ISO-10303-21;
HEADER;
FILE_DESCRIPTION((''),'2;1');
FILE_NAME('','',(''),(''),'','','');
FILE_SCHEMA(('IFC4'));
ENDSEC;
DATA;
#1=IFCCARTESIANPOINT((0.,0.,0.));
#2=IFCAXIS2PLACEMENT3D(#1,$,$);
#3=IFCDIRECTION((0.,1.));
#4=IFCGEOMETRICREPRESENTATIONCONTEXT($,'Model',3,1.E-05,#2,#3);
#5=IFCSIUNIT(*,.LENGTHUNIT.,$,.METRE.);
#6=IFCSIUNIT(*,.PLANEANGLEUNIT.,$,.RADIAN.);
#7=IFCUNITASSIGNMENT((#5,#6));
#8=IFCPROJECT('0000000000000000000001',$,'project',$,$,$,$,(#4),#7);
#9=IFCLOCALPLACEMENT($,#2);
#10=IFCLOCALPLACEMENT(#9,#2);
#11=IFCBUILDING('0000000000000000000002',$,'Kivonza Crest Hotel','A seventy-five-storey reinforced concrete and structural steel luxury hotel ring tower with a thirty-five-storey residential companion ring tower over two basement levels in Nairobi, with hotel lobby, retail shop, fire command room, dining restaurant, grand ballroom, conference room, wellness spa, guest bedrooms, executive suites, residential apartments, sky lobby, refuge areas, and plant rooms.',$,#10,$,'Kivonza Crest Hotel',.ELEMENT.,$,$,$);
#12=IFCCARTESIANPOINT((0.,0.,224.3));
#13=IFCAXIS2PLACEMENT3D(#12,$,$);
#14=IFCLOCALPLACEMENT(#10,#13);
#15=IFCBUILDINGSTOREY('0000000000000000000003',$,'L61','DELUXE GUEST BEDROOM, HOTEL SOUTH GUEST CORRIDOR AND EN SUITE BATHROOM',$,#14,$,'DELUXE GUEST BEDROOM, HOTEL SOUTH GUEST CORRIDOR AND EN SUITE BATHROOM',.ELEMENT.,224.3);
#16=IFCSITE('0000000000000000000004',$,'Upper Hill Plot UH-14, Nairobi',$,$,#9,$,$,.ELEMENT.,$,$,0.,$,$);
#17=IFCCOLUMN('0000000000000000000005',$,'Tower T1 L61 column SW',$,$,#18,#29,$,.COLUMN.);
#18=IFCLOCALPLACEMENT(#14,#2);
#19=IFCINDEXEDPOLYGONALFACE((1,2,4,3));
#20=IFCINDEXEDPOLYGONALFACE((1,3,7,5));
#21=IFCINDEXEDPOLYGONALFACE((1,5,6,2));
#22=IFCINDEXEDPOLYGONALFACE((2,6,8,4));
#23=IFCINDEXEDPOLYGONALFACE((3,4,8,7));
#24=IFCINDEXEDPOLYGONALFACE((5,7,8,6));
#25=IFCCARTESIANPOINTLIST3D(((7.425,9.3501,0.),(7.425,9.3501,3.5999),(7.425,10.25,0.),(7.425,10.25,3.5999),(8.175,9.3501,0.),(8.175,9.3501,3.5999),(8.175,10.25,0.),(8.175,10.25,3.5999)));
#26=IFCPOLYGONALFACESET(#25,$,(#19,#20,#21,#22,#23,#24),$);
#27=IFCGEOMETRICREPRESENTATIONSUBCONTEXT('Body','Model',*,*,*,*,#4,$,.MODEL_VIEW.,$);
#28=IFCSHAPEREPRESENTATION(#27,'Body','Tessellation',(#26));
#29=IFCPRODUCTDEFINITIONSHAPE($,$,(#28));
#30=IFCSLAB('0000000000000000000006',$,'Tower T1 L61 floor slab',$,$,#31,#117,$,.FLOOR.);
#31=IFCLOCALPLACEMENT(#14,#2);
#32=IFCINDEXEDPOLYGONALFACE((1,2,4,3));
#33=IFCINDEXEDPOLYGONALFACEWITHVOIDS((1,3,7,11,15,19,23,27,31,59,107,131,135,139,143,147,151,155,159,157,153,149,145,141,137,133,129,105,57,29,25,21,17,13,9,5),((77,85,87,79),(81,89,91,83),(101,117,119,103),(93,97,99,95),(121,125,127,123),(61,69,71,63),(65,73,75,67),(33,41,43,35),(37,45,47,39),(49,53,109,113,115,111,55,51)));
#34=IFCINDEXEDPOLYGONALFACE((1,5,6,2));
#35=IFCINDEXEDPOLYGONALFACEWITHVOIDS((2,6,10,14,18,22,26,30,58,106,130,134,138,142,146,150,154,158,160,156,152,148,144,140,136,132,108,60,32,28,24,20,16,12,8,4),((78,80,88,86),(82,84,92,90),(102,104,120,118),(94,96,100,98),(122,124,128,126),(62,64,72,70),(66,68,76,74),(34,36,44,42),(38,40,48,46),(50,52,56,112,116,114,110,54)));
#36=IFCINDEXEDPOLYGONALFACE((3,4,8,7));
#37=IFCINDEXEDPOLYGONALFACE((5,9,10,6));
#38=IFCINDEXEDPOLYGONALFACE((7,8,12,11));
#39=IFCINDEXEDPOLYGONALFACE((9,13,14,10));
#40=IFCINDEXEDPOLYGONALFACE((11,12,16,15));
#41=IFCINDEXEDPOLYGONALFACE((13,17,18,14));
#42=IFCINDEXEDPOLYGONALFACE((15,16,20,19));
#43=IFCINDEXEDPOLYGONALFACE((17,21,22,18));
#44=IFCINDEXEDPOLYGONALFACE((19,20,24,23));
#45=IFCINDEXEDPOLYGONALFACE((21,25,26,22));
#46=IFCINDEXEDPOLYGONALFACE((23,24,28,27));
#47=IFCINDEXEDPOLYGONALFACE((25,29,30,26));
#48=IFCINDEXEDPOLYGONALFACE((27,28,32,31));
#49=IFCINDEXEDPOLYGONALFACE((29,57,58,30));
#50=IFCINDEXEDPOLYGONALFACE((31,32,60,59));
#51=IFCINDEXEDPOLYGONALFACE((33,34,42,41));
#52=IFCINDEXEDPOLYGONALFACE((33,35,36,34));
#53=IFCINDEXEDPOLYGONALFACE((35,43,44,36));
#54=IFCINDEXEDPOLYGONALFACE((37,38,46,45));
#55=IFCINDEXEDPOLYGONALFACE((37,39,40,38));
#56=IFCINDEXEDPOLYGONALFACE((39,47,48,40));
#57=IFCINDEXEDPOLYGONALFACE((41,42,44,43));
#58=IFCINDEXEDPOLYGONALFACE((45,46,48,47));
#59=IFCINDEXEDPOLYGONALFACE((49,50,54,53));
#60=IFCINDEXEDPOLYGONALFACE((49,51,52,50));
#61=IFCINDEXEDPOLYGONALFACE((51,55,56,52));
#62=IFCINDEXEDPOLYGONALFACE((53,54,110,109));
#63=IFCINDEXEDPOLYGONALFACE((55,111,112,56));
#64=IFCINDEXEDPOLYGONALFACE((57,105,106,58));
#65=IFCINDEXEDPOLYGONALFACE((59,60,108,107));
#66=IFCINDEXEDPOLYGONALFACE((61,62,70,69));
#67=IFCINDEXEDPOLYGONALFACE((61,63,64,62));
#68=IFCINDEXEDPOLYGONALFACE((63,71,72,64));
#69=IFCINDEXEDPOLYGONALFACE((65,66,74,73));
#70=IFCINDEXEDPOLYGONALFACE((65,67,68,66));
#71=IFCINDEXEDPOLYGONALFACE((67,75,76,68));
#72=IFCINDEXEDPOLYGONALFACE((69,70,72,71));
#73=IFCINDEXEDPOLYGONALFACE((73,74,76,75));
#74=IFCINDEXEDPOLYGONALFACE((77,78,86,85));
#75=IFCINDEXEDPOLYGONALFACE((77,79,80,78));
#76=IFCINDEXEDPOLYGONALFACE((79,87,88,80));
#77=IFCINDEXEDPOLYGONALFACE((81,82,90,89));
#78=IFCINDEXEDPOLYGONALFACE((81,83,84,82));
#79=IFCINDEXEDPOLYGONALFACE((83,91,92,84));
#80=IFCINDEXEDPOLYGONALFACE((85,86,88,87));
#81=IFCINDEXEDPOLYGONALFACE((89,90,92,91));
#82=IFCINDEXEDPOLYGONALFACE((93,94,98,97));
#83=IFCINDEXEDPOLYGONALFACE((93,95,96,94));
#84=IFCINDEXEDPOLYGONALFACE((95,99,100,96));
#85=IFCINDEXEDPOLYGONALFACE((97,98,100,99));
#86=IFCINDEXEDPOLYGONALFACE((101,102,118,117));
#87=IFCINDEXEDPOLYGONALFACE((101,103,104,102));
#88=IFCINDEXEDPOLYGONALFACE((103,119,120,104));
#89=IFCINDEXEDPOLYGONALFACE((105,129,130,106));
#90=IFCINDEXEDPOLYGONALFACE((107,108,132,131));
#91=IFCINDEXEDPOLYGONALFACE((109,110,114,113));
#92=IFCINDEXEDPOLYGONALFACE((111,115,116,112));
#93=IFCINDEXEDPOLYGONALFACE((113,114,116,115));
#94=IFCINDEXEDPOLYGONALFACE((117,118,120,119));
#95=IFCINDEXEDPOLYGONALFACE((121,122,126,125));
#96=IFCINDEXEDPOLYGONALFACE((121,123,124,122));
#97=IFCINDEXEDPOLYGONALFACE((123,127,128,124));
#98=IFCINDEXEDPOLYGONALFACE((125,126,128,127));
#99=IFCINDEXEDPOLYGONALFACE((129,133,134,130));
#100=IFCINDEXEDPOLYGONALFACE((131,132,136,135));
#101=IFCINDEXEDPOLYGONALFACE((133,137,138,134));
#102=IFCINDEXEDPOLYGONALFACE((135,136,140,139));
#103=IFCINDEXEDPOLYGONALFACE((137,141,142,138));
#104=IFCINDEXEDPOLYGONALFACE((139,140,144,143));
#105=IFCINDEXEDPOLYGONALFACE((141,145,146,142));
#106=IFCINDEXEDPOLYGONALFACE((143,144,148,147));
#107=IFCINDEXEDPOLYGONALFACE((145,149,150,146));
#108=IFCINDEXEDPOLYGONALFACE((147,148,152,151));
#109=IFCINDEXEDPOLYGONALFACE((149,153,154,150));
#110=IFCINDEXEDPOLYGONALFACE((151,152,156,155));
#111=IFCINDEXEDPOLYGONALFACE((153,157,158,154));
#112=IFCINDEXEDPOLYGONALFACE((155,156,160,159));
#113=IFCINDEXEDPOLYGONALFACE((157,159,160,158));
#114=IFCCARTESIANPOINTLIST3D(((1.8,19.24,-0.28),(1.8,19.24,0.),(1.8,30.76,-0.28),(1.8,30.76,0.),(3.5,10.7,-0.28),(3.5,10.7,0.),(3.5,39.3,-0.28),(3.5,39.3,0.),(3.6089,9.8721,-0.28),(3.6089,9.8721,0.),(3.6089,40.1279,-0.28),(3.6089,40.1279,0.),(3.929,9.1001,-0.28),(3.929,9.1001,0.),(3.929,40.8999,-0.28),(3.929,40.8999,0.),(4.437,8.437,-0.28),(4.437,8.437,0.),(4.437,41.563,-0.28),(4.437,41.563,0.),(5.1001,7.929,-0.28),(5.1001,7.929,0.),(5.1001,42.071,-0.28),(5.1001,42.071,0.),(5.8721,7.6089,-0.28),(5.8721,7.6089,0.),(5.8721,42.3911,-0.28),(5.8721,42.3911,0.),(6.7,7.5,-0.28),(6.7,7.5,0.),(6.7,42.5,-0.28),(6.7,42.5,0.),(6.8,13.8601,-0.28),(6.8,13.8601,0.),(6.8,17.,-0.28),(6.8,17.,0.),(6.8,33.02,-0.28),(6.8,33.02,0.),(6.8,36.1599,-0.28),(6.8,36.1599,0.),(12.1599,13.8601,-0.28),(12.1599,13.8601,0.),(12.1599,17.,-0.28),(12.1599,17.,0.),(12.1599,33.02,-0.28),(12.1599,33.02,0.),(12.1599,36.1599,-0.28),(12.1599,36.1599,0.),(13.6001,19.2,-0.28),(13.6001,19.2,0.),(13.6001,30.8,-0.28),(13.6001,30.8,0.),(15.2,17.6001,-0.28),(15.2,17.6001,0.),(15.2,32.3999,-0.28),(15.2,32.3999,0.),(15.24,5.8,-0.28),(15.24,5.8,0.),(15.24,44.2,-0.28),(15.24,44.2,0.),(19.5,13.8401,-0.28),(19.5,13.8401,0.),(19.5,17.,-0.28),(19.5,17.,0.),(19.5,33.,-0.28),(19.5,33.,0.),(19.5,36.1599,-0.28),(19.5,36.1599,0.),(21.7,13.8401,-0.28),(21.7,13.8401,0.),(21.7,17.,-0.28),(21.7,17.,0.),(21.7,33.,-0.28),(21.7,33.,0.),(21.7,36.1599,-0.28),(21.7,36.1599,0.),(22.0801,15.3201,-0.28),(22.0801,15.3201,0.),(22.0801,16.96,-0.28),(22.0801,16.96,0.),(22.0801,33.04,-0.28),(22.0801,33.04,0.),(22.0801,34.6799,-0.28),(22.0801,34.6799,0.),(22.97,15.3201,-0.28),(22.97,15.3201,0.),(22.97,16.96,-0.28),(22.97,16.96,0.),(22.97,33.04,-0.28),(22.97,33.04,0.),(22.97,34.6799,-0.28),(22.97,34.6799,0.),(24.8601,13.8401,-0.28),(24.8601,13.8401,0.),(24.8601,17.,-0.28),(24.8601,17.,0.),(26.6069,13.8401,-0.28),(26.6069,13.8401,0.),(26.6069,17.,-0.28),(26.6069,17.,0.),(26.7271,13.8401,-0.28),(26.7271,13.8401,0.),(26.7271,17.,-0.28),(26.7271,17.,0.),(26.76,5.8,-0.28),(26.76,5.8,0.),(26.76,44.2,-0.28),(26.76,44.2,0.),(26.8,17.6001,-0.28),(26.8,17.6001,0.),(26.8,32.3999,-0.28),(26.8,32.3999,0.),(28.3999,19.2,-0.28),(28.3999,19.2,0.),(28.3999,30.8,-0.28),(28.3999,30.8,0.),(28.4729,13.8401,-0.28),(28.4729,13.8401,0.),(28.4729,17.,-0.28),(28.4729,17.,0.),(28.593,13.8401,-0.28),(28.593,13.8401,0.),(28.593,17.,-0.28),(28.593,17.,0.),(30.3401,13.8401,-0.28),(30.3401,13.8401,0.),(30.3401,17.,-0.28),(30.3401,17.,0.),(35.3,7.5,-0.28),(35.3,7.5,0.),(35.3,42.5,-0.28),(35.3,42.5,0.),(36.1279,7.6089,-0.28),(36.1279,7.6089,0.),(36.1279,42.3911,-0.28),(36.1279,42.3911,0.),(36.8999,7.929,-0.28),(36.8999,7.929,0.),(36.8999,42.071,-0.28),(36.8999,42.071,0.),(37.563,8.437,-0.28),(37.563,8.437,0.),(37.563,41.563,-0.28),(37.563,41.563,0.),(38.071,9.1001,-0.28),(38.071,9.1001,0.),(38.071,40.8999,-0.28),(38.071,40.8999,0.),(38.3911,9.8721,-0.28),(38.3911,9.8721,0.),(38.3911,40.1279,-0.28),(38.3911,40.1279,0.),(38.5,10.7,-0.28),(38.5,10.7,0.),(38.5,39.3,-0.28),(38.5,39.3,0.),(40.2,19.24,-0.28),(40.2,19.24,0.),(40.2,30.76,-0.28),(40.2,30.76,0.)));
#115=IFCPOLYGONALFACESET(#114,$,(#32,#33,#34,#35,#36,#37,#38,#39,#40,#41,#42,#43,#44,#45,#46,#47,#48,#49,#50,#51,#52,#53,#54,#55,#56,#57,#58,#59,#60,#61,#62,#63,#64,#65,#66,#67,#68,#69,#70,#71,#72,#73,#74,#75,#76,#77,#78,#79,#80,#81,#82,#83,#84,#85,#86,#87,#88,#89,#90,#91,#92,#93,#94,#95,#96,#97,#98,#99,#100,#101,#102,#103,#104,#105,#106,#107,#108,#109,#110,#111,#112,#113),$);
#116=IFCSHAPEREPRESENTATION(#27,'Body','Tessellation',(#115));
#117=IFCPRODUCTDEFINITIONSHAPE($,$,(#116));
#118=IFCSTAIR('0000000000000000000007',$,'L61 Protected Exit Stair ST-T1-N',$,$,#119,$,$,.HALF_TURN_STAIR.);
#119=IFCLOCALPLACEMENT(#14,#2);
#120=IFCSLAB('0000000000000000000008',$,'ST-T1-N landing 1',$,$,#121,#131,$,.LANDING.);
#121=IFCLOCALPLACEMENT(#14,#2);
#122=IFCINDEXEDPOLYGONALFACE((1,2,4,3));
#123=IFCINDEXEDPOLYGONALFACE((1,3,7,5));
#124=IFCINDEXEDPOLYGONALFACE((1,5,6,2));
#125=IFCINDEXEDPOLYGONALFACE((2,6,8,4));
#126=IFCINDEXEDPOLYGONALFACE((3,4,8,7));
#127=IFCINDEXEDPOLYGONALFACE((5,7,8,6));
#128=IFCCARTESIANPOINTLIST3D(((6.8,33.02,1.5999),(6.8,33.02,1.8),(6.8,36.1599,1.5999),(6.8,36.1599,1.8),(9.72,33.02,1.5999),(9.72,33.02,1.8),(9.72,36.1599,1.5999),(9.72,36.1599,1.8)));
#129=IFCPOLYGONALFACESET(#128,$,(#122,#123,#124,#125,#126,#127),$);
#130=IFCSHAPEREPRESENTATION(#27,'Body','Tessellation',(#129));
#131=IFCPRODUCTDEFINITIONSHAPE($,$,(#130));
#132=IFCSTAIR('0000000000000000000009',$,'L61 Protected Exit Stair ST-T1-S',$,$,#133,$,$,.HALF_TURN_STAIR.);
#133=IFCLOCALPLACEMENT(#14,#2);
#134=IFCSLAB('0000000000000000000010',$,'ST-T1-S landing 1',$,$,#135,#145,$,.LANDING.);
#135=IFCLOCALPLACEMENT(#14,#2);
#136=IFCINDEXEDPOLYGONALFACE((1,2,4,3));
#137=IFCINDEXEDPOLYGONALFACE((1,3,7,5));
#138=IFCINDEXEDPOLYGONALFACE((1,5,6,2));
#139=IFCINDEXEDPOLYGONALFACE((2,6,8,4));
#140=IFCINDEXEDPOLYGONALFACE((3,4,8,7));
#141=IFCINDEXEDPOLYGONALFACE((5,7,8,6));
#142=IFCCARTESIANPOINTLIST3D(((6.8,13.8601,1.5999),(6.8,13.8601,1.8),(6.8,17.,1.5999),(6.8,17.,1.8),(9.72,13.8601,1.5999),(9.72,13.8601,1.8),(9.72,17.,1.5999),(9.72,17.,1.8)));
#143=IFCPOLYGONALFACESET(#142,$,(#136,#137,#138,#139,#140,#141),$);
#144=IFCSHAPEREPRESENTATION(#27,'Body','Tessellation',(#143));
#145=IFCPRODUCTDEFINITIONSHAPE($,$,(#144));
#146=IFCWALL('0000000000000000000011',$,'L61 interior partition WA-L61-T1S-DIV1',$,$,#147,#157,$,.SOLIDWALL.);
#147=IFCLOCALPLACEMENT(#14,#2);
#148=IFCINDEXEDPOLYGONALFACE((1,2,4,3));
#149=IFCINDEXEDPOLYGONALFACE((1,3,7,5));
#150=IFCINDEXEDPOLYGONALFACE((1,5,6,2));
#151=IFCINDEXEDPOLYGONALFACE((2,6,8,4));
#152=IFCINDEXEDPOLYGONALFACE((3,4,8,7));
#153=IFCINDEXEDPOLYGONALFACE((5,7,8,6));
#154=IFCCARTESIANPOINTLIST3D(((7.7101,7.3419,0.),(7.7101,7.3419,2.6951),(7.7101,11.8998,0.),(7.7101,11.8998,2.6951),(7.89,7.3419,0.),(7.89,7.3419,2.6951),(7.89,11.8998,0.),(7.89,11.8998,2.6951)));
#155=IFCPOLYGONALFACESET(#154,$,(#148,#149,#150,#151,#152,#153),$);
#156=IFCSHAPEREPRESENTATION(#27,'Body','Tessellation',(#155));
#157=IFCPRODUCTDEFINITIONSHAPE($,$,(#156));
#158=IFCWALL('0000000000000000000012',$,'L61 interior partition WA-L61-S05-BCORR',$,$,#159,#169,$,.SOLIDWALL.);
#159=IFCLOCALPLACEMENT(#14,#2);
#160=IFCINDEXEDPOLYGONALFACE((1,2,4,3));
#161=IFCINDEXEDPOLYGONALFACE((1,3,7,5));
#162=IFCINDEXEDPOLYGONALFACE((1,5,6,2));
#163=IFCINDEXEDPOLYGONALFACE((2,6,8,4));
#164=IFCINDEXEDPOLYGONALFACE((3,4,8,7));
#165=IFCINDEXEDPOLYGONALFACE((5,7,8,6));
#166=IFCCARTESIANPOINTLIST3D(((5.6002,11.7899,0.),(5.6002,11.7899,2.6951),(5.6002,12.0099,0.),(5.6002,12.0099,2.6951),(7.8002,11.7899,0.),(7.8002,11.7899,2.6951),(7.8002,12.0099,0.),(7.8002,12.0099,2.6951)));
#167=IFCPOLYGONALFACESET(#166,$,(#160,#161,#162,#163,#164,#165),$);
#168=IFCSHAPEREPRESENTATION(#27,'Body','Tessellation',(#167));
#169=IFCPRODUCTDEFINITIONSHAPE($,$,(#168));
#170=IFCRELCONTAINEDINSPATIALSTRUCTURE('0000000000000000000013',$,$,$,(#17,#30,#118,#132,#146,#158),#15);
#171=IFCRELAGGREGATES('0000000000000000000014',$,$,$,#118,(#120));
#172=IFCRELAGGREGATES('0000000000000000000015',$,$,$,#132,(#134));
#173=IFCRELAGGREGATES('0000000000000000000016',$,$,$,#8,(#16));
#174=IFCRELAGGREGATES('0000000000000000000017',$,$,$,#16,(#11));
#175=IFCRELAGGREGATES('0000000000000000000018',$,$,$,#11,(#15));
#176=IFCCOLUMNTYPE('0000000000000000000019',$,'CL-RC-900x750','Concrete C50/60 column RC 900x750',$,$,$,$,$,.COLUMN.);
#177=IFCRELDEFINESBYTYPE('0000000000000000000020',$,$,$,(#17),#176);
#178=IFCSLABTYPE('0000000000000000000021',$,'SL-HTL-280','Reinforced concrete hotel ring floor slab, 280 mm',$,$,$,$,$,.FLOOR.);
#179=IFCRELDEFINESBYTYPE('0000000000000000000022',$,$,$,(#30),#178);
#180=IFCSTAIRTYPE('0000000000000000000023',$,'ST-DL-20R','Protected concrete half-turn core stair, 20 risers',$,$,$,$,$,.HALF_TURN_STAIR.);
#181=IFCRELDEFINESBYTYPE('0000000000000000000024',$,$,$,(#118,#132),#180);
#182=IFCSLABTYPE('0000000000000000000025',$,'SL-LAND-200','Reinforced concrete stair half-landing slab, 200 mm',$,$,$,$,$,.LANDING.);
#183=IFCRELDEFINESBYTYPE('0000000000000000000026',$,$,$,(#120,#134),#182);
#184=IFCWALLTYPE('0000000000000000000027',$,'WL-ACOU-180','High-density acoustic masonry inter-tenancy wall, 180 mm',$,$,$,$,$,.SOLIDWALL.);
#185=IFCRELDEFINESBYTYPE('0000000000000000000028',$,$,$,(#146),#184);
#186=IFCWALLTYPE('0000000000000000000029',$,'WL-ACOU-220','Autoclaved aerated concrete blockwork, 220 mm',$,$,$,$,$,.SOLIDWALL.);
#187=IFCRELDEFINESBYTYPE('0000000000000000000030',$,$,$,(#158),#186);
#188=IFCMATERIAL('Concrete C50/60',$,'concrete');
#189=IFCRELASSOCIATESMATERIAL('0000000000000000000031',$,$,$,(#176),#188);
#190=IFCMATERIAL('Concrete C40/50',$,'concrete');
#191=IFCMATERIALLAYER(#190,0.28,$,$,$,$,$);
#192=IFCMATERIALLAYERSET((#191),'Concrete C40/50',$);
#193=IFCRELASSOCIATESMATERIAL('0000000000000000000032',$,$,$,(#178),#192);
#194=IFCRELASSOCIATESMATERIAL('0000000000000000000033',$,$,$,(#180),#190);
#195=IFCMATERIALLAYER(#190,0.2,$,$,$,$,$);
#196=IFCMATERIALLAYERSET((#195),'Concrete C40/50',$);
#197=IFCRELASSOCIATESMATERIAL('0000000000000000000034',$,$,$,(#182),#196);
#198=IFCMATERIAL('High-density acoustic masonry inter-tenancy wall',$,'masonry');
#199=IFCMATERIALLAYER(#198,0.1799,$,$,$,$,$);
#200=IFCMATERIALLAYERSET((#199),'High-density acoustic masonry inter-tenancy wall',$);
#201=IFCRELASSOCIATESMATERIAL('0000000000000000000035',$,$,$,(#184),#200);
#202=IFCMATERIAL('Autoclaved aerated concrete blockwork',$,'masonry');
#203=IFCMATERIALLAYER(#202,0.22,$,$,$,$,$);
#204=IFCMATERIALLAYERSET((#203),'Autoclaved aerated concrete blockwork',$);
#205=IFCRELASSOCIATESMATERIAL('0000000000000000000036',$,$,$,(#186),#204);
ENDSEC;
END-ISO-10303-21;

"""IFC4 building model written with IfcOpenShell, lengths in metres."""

from ifc_helpers import new_model, si_unit, direction, frame, frame_2d, origin, origin_2d, place, context, subcontext, project, spatial, polyline, rectangle, outline, extrude, material, layer, layer_set, material_profile, profile_set, type_object, element, aggregate, save


model = new_model("IFC4")

# Units and contexts
model_context = context("Model", 3, precision=1e-05, world=origin(), true_north=direction((0.0, 1.0)))
body_context = subcontext(model_context, "Body", "Model", "MODEL_VIEW")
ifc_project = project(units=[si_unit("LENGTHUNIT", "METRE"), si_unit("PLANEANGLEUNIT", "RADIAN")], contexts=[model_context])

# Site, building, storey
site_placement = place(None, origin())
site = spatial("IfcSite", under=ifc_project, at=site_placement, Name="Upper Hill Plot UH-14, Nairobi", CompositionType="ELEMENT", RefElevation=0.0)
building_placement = place(site_placement, origin())
building = spatial("IfcBuilding", under=site, at=building_placement, Name="Kivonza Crest Hotel", Description="A seventy-five-storey reinforced concrete and structural steel luxury hotel ring tower with a thirty-five-storey residential companion ring tower over two basement levels in Nairobi, with hotel lobby, retail shop, fire command room, dining restaurant, grand ballroom, conference room, wellness spa, guest bedrooms, executive suites, residential apartments, sky lobby, refuge areas, and plant rooms.", LongName="Kivonza Crest Hotel", CompositionType="ELEMENT")
storey_placement = place(building_placement, frame((0.0, 0.0, 224.3)))
storey = spatial("IfcBuildingStorey", under=building, at=storey_placement, Name="L61", Description="DELUXE GUEST BEDROOM, HOTEL SOUTH GUEST CORRIDOR AND EN SUITE BATHROOM", LongName="DELUXE GUEST BEDROOM, HOTEL SOUTH GUEST CORRIDOR AND EN SUITE BATHROOM", CompositionType="ELEMENT", Elevation=224.3)

# Column
ifc_material_1 = material(Name="Concrete C50/60", Category="concrete")
ifc_material_profile = material_profile(ifc_material_1, rectangle(XDim=0.75, YDim=0.8999, at=origin_2d()), Name="RC 900x750")
ifc_profile_set = profile_set([ifc_material_profile], Name="Concrete C50/60")
column_type = type_object("IfcColumnType", Name="CL-RC-900x750", Description="Concrete C50/60 column RC 900x750", PredefinedType="COLUMN", material=ifc_profile_set)
column_placement = place(storey_placement, frame((7.8, 9.8, 0.0), z_axis=(0.0, 0.0, 1.0), x_axis=(1.0, 0.0, 0.0)))
element("IfcColumn", 1, at=column_placement, inside=storey, type_object=column_type, Name="Tower T1 L61 column SW", PredefinedType="COLUMN", context=body_context, shape_type="SweptSolid", body=[
    extrude(rectangle(XDim=0.75, YDim=0.8999, at=origin_2d()), origin(), (0.0, 0.0, 1.0), 3.5999),
])

# Slab
ifc_material_2 = material(Name="Concrete C40/50", Category="concrete")
ifc_layer_1 = layer(ifc_material_2, 0.28)
ifc_layer_set_1 = layer_set([ifc_layer_1], Name="Concrete C40/50")
slab_type_1 = type_object("IfcSlabType", Name="SL-HTL-280", Description="Reinforced concrete hotel ring floor slab, 280 mm", PredefinedType="FLOOR", material=ifc_layer_set_1)
slab_1_placement = place(storey_placement, frame((0.0, 0.0, -0.28)))
element("IfcSlab", 2, at=slab_1_placement, inside=storey, type_object=slab_type_1, Name="Tower T1 L61 floor slab", PredefinedType="FLOOR", context=body_context, shape_type="SweptSolid", body=[
    extrude(outline(polyline([(3.5, 10.7), (3.6089, 9.8721), (3.929, 9.1001), (4.437, 8.437), (5.1001, 7.929), (5.8721, 7.6089), (6.7, 7.5), (15.24, 5.8), (26.76, 5.8), (35.3, 7.5), (36.1279, 7.6089), (36.8999, 7.929), (37.563, 8.437), (38.071, 9.1001), (38.3911, 9.8721), (38.5, 10.7), (40.2, 19.24), (40.2, 30.76), (38.5, 39.3), (38.3911, 40.1279), (38.071, 40.8999), (37.563, 41.563), (36.8999, 42.071), (36.1279, 42.3911), (35.3, 42.5), (26.76, 44.2), (15.24, 44.2), (6.7, 42.5), (5.8721, 42.3911), (5.1001, 42.071), (4.437, 41.563), (3.929, 40.8999), (3.6089, 40.1279), (3.5, 39.3), (1.8, 30.76), (1.8, 19.24), (3.5, 10.7)]), holes=[polyline([(15.2, 17.6001), (26.8, 17.6001), (28.3999, 19.2), (28.3999, 30.8), (26.8, 32.3999), (15.2, 32.3999), (13.6001, 30.8), (13.6001, 19.2), (15.2, 17.6001)]), polyline([(6.8, 33.02), (12.1599, 33.02), (12.1599, 36.1599), (6.8, 36.1599), (6.8, 33.02)]), polyline([(6.8, 13.8601), (12.1599, 13.8601), (12.1599, 17.0), (6.8, 17.0), (6.8, 13.8601)]), polyline([(22.0801, 33.04), (22.97, 33.04), (22.97, 34.6799), (22.0801, 34.6799), (22.0801, 33.04)]), polyline([(22.0801, 15.3201), (22.97, 15.3201), (22.97, 16.96), (22.0801, 16.96), (22.0801, 15.3201)]), polyline([(19.5, 33.0), (21.7, 33.0), (21.7, 36.1599), (19.5, 36.1599), (19.5, 33.0)]), polyline([(19.5, 13.8401), (21.7, 13.8401), (21.7, 17.0), (19.5, 17.0), (19.5, 13.8401)]), polyline([(24.8601, 13.8401), (26.6069, 13.8401), (26.6069, 17.0), (24.8601, 17.0), (24.8601, 13.8401)]), polyline([(26.7271, 13.8401), (28.4729, 13.8401), (28.4729, 17.0), (26.7271, 17.0), (26.7271, 13.8401)]), polyline([(28.593, 13.8401), (30.3401, 13.8401), (30.3401, 17.0), (28.593, 17.0), (28.593, 13.8401)])]), origin(), (0.0, 0.0, 1.0), 0.28),
])

# Stairs, slabs
stair_type = type_object("IfcStairType", Name="ST-DL-20R", Description="Protected concrete half-turn core stair, 20 risers", PredefinedType="HALF_TURN_STAIR", material=ifc_material_2)
stair_1_placement = place(storey_placement, origin())
stair_1 = element("IfcStair", 3, at=stair_1_placement, inside=storey, type_object=stair_type, Name="L61 Protected Exit Stair ST-T1-N", PredefinedType="HALF_TURN_STAIR")
ifc_layer_2 = layer(ifc_material_2, 0.2)
ifc_layer_set_2 = layer_set([ifc_layer_2], Name="Concrete C40/50")
slab_type_2 = type_object("IfcSlabType", Name="SL-LAND-200", Description="Reinforced concrete stair half-landing slab, 200 mm", PredefinedType="LANDING", material=ifc_layer_set_2)
slab_2_placement = place(storey_placement, frame((0.0, 0.0, 1.5999)))
slab_2 = element("IfcSlab", 4, at=slab_2_placement, type_object=slab_type_2, Name="ST-T1-N landing 1", PredefinedType="LANDING", context=body_context, shape_type="SweptSolid", body=[
    extrude(outline(polyline([(9.72, 36.1599), (6.8, 36.1599), (6.8, 33.02), (9.72, 33.02), (9.72, 36.1599)])), origin(), (0.0, 0.0, 1.0), 0.2002),
])
aggregate(stair_1, [slab_2])
stair_2_placement = place(storey_placement, origin())
stair_2 = element("IfcStair", 5, at=stair_2_placement, inside=storey, type_object=stair_type, Name="L61 Protected Exit Stair ST-T1-S", PredefinedType="HALF_TURN_STAIR")
slab_3_placement = place(storey_placement, frame((0.0, 0.0, 1.5999)))
slab_3 = element("IfcSlab", 6, at=slab_3_placement, type_object=slab_type_2, Name="ST-T1-S landing 1", PredefinedType="LANDING", context=body_context, shape_type="SweptSolid", body=[
    extrude(outline(polyline([(9.72, 17.0), (6.8, 17.0), (6.8, 13.8601), (9.72, 13.8601), (9.72, 17.0)])), origin(), (0.0, 0.0, 1.0), 0.2002),
])
aggregate(stair_2, [slab_3])

# Walls
ifc_material_3 = material(Name="High-density acoustic masonry inter-tenancy wall", Category="masonry")
ifc_layer_3 = layer(ifc_material_3, 0.1799)
ifc_layer_set_3 = layer_set([ifc_layer_3], Name="High-density acoustic masonry inter-tenancy wall")
wall_type_1 = type_object("IfcWallType", Name="WL-ACOU-180", Description="High-density acoustic masonry inter-tenancy wall, 180 mm", PredefinedType="SOLIDWALL", material=ifc_layer_set_3)
wall_1_placement = place(storey_placement, frame((7.8, 7.342, 0.0), z_axis=(0.0, 0.0, 1.0), x_axis=(0.0, 1.0, 0.0)))
element("IfcWall", 7, at=wall_1_placement, inside=storey, type_object=wall_type_1, Name="L61 interior partition WA-L61-T1S-DIV1", PredefinedType="SOLIDWALL", context=body_context, shape_type="SweptSolid", body=[
    extrude(rectangle(XDim=4.5579, YDim=0.1799, at=frame_2d((2.2788, 0.0))), origin(), (0.0, 0.0, 1.0), 2.6951),
])
ifc_material_4 = material(Name="Autoclaved aerated concrete blockwork", Category="masonry")
ifc_layer_4 = layer(ifc_material_4, 0.22)
ifc_layer_set_4 = layer_set([ifc_layer_4], Name="Autoclaved aerated concrete blockwork")
wall_type_2 = type_object("IfcWallType", Name="WL-ACOU-220", Description="Autoclaved aerated concrete blockwork, 220 mm", PredefinedType="SOLIDWALL", material=ifc_layer_set_4)
wall_2_placement = place(storey_placement, frame((5.6001, 11.8999, 0.0), z_axis=(0.0, 0.0, 1.0), x_axis=(1.0, 0.0, 0.0)))
element("IfcWall", 8, at=wall_2_placement, inside=storey, type_object=wall_type_2, Name="L61 interior partition WA-L61-S05-BCORR", PredefinedType="SOLIDWALL", context=body_context, shape_type="SweptSolid", body=[
    extrude(rectangle(XDim=2.2, YDim=0.22, at=frame_2d((1.1001, 0.0))), origin(), (0.0, 0.0, 1.0), 2.6951),
])

save(model, "model.ifc")
